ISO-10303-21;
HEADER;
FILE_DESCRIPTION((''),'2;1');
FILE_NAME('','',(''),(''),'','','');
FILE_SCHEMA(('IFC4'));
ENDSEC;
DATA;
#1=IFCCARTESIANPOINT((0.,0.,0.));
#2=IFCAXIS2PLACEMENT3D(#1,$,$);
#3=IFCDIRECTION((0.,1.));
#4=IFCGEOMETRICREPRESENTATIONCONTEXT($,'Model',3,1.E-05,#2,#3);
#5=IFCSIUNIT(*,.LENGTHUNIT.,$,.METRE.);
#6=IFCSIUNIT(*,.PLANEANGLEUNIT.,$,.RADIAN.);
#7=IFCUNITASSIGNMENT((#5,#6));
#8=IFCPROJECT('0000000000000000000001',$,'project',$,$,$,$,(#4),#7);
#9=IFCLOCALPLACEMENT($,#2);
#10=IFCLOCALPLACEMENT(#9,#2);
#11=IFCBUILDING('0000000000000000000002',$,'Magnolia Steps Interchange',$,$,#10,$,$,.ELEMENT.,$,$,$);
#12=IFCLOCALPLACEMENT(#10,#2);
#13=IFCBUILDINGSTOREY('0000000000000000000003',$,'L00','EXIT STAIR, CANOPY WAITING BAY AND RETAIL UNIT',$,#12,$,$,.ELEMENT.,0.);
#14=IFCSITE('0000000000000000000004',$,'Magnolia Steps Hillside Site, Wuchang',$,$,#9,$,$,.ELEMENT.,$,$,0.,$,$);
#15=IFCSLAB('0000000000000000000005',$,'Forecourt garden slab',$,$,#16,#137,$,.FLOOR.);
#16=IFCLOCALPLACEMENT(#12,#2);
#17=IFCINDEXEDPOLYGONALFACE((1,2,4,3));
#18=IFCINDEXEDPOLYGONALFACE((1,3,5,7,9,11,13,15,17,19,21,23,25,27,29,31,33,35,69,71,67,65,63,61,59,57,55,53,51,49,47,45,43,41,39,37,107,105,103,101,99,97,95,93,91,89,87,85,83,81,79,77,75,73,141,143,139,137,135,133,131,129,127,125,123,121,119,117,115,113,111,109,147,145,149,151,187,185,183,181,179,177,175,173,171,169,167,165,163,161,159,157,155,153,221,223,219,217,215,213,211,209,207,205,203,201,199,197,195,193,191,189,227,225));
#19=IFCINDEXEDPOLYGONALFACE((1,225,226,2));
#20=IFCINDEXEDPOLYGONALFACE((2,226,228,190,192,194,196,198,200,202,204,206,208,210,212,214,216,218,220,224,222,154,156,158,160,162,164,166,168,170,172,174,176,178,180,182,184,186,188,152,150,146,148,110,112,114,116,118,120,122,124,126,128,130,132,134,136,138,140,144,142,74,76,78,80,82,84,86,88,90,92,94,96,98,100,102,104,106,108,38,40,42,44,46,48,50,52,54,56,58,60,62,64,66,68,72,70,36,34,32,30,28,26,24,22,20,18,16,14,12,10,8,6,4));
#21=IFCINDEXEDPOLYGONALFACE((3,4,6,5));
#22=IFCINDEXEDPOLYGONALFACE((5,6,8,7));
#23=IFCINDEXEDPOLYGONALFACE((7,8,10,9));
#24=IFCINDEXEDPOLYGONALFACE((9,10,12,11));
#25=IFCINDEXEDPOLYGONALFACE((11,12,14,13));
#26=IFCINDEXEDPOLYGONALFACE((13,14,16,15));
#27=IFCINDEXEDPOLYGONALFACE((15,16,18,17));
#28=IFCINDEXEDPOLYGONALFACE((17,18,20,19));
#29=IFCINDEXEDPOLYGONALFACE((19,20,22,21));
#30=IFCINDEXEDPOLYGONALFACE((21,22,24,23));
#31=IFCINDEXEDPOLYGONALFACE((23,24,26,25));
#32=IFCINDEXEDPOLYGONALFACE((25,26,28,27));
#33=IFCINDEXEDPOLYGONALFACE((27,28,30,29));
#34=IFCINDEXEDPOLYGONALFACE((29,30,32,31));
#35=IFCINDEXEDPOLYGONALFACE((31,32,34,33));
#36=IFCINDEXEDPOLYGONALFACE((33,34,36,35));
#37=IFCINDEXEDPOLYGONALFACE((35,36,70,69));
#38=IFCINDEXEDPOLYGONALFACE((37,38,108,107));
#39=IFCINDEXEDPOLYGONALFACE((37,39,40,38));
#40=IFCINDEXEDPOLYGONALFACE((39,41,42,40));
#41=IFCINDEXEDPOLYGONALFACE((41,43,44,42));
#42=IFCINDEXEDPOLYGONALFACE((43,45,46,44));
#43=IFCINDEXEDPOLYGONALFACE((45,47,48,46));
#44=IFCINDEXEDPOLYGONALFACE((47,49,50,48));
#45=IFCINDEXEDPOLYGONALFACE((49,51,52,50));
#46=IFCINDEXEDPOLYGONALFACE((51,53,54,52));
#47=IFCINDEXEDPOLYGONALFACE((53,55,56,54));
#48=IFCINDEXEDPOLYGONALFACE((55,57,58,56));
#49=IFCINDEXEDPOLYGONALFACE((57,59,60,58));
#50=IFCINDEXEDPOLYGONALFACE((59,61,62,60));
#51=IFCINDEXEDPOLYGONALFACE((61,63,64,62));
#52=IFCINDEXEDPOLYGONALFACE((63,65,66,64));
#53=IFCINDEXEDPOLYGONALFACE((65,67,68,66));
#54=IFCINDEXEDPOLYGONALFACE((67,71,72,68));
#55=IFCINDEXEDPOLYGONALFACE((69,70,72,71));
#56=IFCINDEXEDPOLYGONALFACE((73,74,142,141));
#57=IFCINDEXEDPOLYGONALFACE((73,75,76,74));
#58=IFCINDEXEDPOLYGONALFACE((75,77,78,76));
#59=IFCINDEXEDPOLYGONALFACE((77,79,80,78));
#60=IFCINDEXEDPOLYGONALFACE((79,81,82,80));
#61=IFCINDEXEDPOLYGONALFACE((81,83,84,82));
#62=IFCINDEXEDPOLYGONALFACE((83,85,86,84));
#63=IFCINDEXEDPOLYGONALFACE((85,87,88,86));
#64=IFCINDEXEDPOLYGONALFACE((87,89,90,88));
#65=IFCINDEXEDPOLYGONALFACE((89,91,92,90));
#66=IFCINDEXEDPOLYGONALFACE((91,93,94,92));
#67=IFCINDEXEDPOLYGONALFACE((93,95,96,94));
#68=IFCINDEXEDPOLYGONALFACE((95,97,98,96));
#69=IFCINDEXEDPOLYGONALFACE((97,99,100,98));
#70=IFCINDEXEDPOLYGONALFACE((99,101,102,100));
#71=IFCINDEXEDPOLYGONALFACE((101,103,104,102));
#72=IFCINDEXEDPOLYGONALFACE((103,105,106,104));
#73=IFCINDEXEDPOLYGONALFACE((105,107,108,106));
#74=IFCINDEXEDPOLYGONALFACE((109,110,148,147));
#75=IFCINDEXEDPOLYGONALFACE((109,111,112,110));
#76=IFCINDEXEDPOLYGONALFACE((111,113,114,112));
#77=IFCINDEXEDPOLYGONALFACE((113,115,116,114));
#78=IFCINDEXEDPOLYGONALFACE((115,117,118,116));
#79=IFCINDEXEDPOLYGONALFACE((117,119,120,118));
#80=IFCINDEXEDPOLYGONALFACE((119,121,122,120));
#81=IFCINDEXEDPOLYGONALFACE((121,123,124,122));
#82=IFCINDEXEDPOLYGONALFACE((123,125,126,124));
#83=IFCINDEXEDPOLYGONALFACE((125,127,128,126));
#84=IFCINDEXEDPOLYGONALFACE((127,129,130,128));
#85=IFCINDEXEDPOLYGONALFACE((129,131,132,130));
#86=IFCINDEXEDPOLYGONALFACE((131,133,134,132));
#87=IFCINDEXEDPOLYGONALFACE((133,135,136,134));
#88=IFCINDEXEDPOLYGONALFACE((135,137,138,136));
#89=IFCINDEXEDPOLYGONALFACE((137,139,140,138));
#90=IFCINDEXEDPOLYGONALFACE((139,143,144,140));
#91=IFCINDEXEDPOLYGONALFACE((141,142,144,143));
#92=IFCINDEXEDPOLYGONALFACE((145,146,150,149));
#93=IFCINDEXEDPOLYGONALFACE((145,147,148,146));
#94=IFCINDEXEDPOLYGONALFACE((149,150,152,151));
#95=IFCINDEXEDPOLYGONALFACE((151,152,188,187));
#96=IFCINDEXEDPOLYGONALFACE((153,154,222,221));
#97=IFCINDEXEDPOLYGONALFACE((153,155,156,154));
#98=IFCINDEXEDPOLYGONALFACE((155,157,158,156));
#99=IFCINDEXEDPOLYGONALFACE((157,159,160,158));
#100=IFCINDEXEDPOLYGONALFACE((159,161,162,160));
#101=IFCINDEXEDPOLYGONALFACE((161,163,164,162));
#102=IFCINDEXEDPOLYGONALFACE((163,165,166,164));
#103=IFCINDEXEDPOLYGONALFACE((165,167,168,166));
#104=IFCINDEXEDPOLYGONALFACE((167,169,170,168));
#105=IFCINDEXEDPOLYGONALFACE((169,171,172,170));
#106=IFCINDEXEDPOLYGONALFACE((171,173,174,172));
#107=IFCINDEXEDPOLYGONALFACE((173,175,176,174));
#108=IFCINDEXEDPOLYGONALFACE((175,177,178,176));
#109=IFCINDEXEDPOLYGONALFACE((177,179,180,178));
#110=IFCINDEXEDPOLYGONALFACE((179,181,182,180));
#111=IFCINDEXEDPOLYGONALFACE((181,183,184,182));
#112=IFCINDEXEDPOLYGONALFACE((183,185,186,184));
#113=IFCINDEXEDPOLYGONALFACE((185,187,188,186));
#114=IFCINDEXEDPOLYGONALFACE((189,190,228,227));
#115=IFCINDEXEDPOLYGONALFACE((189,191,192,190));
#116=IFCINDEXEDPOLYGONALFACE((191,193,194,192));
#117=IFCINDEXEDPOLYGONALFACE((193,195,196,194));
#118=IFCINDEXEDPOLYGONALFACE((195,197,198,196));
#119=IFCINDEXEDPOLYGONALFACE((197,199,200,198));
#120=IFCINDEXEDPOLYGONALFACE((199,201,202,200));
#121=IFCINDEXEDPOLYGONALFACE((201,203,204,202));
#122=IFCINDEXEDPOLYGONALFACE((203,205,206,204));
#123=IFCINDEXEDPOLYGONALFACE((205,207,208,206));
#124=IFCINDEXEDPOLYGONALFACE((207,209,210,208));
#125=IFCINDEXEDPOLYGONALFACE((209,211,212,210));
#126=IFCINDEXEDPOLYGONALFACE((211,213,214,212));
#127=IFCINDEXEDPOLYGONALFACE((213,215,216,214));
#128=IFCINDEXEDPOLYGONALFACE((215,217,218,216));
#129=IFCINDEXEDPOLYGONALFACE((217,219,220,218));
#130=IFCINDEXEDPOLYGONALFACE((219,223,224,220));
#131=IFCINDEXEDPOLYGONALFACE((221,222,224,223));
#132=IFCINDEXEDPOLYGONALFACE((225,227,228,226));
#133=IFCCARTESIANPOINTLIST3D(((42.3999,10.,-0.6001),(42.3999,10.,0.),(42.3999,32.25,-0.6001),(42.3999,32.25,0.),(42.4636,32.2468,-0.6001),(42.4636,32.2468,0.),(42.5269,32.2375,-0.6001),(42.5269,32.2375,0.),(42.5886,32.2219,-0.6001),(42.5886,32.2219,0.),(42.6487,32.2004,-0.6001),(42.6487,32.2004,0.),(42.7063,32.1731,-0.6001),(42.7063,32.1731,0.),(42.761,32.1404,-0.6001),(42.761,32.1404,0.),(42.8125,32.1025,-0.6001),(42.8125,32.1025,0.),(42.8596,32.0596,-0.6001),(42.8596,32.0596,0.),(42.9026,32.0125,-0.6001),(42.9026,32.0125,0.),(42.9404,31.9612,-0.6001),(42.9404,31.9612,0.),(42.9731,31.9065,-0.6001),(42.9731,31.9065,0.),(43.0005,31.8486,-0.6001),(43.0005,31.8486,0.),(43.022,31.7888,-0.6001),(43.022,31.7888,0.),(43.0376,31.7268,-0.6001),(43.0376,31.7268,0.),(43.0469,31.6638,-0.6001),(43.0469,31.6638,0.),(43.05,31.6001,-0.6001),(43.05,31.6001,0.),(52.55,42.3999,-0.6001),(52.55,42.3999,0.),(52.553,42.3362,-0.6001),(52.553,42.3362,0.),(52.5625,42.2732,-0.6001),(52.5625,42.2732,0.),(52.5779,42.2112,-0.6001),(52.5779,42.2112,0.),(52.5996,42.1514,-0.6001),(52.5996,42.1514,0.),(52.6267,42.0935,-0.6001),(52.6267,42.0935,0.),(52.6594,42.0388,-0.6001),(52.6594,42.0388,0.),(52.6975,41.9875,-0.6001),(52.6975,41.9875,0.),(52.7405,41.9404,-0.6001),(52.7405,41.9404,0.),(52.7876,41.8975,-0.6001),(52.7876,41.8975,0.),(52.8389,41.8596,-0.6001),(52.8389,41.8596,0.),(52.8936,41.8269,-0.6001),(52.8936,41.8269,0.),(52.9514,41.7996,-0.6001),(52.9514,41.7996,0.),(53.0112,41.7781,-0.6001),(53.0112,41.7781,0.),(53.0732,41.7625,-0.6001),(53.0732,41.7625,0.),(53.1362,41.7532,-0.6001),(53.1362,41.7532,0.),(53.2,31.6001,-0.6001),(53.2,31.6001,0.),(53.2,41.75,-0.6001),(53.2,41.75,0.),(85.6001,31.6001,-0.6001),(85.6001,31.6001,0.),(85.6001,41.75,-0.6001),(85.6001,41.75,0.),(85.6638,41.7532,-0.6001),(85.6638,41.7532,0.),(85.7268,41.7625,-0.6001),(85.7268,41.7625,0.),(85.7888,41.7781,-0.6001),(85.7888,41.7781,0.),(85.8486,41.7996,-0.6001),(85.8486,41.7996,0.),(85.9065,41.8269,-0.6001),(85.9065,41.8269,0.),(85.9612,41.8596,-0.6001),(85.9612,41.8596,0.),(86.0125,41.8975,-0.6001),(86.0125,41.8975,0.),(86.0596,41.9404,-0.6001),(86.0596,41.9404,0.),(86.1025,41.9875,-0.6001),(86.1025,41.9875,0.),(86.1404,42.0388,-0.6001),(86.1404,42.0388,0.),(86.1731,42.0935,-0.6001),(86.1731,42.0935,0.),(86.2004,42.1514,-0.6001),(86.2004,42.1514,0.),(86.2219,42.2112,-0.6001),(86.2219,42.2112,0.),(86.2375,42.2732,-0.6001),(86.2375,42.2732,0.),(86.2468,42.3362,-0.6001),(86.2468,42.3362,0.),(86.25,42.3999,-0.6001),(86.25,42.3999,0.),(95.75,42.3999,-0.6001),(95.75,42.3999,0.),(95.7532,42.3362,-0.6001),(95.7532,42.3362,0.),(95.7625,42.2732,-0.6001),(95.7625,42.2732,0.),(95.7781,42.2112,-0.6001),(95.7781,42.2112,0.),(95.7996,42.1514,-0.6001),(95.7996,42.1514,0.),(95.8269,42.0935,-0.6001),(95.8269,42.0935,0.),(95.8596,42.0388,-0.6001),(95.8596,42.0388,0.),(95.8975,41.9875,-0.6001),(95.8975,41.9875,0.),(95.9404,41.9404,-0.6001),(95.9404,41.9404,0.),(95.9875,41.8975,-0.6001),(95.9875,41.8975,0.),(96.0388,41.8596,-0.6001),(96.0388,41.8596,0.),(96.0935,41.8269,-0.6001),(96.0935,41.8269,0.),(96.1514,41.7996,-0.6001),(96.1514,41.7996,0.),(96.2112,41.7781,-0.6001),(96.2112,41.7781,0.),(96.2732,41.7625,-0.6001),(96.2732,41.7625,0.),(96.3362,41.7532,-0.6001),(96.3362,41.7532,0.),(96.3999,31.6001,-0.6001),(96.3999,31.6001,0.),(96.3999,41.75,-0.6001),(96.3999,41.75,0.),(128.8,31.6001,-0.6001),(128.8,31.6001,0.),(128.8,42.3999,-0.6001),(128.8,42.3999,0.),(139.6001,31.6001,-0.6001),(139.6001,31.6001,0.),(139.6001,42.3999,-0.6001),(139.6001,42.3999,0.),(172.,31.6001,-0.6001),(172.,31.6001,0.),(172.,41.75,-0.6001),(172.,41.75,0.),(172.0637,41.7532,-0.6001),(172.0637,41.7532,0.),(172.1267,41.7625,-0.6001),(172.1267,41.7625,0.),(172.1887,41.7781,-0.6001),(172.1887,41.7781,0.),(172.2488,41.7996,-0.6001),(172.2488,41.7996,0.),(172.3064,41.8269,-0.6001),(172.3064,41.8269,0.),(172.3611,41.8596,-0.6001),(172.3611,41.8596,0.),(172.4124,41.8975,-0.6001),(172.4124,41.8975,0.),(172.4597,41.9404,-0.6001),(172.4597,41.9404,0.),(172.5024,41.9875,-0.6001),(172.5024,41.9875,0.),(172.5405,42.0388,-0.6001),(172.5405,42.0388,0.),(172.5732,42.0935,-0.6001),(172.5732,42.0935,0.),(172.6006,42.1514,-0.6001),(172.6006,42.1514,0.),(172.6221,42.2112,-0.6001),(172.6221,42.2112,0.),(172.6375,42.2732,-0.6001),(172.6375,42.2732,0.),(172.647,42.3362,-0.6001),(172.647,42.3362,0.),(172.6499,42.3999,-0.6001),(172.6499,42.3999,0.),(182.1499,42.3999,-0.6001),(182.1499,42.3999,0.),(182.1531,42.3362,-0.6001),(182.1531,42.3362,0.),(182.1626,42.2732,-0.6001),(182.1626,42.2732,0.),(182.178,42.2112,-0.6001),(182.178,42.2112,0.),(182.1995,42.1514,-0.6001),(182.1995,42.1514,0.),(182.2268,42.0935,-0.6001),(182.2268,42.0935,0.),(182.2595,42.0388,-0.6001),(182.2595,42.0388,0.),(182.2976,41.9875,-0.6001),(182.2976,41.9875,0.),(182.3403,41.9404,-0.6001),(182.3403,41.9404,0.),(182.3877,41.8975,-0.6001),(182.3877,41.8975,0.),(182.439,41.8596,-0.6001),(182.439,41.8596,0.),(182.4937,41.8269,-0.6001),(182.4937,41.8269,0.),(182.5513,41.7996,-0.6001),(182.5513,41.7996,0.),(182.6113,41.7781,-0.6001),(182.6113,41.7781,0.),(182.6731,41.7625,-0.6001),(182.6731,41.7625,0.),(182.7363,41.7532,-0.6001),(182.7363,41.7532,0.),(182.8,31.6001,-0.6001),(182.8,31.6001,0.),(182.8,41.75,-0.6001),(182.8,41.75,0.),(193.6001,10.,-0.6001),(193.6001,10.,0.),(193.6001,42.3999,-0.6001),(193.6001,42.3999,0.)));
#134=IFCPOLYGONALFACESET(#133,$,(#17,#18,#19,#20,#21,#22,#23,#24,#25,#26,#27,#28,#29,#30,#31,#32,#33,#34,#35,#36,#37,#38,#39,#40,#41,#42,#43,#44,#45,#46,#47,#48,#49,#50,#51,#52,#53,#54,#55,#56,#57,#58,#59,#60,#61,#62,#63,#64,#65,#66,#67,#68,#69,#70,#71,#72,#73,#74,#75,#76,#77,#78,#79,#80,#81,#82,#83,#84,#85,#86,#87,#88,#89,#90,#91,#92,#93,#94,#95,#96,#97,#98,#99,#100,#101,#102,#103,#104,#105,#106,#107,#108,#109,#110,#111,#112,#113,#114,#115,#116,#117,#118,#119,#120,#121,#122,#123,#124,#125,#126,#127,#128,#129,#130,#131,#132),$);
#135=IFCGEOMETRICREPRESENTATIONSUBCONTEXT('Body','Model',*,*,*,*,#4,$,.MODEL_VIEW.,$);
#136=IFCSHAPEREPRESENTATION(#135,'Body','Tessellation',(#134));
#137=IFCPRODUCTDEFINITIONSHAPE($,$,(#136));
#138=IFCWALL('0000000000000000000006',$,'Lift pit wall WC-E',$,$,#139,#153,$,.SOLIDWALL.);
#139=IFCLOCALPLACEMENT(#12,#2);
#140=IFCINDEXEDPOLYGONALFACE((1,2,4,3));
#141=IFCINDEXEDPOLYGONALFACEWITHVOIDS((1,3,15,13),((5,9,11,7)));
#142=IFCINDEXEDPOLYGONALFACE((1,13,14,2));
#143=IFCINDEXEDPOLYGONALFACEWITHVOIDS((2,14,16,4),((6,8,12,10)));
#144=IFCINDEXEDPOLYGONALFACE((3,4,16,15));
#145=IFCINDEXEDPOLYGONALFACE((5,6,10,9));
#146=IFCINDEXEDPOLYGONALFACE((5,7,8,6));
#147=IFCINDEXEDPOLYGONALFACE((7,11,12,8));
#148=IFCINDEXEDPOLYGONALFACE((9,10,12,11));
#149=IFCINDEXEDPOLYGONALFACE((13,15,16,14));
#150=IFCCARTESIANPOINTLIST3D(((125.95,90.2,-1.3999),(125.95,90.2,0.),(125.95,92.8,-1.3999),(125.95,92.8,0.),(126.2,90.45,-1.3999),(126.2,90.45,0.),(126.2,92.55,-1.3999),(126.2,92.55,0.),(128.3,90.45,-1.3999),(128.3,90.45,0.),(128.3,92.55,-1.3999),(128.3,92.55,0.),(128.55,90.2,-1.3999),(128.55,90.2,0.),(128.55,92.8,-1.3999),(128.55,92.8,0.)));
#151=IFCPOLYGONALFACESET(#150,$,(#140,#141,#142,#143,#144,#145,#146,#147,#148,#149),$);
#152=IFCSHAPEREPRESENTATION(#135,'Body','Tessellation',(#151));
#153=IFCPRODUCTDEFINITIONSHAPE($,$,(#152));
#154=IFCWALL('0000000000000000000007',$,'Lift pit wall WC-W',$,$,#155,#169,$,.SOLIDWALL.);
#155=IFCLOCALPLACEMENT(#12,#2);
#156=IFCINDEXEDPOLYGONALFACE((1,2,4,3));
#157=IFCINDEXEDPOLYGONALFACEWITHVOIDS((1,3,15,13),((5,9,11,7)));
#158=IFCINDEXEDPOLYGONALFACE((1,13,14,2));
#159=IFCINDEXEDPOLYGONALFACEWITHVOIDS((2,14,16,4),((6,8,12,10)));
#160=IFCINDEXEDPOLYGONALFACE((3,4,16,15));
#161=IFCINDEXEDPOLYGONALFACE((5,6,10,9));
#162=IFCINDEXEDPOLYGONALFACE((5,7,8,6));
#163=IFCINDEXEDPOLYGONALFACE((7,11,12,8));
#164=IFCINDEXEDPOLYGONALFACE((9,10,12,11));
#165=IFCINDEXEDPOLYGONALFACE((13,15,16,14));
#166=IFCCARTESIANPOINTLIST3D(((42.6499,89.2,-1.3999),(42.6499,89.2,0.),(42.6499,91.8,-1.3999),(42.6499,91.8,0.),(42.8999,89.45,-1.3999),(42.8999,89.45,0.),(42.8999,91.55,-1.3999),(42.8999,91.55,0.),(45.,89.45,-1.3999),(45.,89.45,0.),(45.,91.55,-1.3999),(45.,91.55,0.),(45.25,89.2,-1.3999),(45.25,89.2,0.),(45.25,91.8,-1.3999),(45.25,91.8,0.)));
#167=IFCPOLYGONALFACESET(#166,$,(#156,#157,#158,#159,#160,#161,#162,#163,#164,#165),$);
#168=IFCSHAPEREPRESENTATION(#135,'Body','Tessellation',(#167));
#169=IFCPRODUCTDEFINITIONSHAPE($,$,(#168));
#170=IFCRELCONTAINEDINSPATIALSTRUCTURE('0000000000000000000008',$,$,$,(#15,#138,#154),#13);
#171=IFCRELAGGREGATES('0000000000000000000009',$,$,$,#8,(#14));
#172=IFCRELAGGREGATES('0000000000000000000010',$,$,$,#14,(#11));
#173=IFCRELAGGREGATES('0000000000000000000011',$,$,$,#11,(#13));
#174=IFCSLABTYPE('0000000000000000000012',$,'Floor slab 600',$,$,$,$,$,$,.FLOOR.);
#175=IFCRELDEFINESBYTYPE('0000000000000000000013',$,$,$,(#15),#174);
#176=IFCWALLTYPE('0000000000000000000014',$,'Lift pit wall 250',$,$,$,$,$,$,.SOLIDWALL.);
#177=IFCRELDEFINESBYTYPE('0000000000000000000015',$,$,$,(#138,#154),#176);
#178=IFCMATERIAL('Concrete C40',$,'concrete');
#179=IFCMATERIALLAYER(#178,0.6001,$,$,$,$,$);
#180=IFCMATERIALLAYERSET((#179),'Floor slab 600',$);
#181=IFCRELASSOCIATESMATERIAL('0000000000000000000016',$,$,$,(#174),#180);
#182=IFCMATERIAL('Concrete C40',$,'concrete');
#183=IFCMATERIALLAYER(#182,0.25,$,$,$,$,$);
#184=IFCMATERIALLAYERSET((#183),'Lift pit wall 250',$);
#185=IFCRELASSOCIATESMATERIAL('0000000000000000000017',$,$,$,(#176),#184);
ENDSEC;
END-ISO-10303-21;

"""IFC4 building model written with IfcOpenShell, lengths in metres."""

from ifc_helpers import new_model, si_unit, direction, frame, origin, place, context, subcontext, project, spatial, polyline, outline, extrude, material, layer, layer_set, type_object, element, save


model = new_model("IFC4")

# Units and contexts
model_context = context("Model", 3, precision=1e-05, world=origin(), true_north=direction((0.0, 1.0)))
body_context = subcontext(model_context, "Body", "Model", "MODEL_VIEW")
ifc_project = project(units=[si_unit("LENGTHUNIT", "METRE"), si_unit("PLANEANGLEUNIT", "RADIAN")], contexts=[model_context])

# Site, building, storey
site_placement = place(None, origin())
site = spatial("IfcSite", under=ifc_project, at=site_placement, Name="Magnolia Steps Hillside Site, Wuchang", CompositionType="ELEMENT", RefElevation=0.0)
building_placement = place(site_placement, origin())
building = spatial("IfcBuilding", under=site, at=building_placement, Name="Magnolia Steps Interchange", CompositionType="ELEMENT")
storey_placement = place(building_placement, origin())
storey = spatial("IfcBuildingStorey", under=building, at=storey_placement, Name="L00", Description="EXIT STAIR, CANOPY WAITING BAY AND RETAIL UNIT", CompositionType="ELEMENT", Elevation=0.0)

# Slab
ifc_material_1 = material(Name="Concrete C40", Category="concrete")
ifc_layer_1 = layer(ifc_material_1, 0.6001)
ifc_layer_set_1 = layer_set([ifc_layer_1], Name="Floor slab 600")
slab_type_1 = type_object("IfcSlabType", Name="Floor slab 600", PredefinedType="FLOOR", material=ifc_layer_set_1)
slab_1_placement = place(storey_placement, frame((0.0, 0.0, -0.6001)))
element("IfcSlab", 1, at=slab_1_placement, inside=storey, type_object=slab_type_1, Name="Forecourt garden slab", PredefinedType="FLOOR", context=body_context, shape_type="SweptSolid", body=[
    extrude(outline(polyline([(182.1499, 42.3999), (182.1531, 42.3362), (182.1626, 42.2732), (182.178, 42.2112), (182.1995, 42.1514), (182.2268, 42.0935), (182.2595, 42.0388), (182.2976, 41.9875), (182.3403, 41.9404), (182.3877, 41.8975), (182.439, 41.8596), (182.4937, 41.8269), (182.5513, 41.7996), (182.6113, 41.7781), (182.6731, 41.7625), (182.7363, 41.7532), (182.8, 41.75), (182.8, 31.6001), (172.0, 31.6001), (172.0, 41.75), (172.0637, 41.7532), (172.1267, 41.7625), (172.1887, 41.7781), (172.2488, 41.7996), (172.3064, 41.8269), (172.3611, 41.8596), (172.4124, 41.8975), (172.4597, 41.9404), (172.5024, 41.9875), (172.5405, 42.0388), (172.5732, 42.0935), (172.6006, 42.1514), (172.6221, 42.2112), (172.6375, 42.2732), (172.647, 42.3362), (172.6499, 42.3999), (139.6001, 42.3999), (139.6001, 31.6001), (128.8, 31.6001), (128.8, 42.3999), (95.75, 42.3999), (95.7532, 42.3362), (95.7625, 42.2732), (95.7781, 42.2112), (95.7996, 42.1514), (95.8269, 42.0935), (95.8596, 42.0388), (95.8975, 41.9875), (95.9404, 41.9404), (95.9875, 41.8975), (96.0388, 41.8596), (96.0935, 41.8269), (96.1514, 41.7996), (96.2112, 41.7781), (96.2732, 41.7625), (96.3362, 41.7532), (96.3999, 41.75), (96.3999, 31.6001), (85.6001, 31.6001), (85.6001, 41.75), (85.6638, 41.7532), (85.7268, 41.7625), (85.7888, 41.7781), (85.8486, 41.7996), (85.9065, 41.8269), (85.9612, 41.8596), (86.0125, 41.8975), (86.0596, 41.9404), (86.1025, 41.9875), (86.1404, 42.0388), (86.1731, 42.0935), (86.2004, 42.1514), (86.2219, 42.2112), (86.2375, 42.2732), (86.2468, 42.3362), (86.25, 42.3999), (52.55, 42.3999), (52.553, 42.3362), (52.5625, 42.2732), (52.5779, 42.2112), (52.5996, 42.1514), (52.6267, 42.0935), (52.6594, 42.0388), (52.6975, 41.9875), (52.7405, 41.9404), (52.7876, 41.8975), (52.8389, 41.8596), (52.8936, 41.8269), (52.9514, 41.7996), (53.0112, 41.7781), (53.0732, 41.7625), (53.1362, 41.7532), (53.2, 41.75), (53.2, 31.6001), (43.05, 31.6001), (43.0469, 31.6638), (43.0376, 31.7268), (43.022, 31.7888), (43.0005, 31.8486), (42.9731, 31.9065), (42.9404, 31.9612), (42.9026, 32.0125), (42.8596, 32.0596), (42.8125, 32.1025), (42.761, 32.1404), (42.7063, 32.1731), (42.6487, 32.2004), (42.5886, 32.2219), (42.5269, 32.2375), (42.4636, 32.2468), (42.3999, 32.25), (42.3999, 10.0), (193.6001, 10.0), (193.6001, 42.3999), (182.1499, 42.3999)])), origin(), (0.0, 0.0, 1.0), 0.6001),
])

# Walls
ifc_material_2 = material(Name="Concrete C40", Category="concrete")
ifc_layer_2 = layer(ifc_material_2, 0.25)
ifc_layer_set_2 = layer_set([ifc_layer_2], Name="Lift pit wall 250")
wall_type = type_object("IfcWallType", Name="Lift pit wall 250", PredefinedType="SOLIDWALL", material=ifc_layer_set_2)
wall_1_placement = place(storey_placement, frame((0.0, 0.0, -1.3999)))
element("IfcWall", 2, at=wall_1_placement, inside=storey, type_object=wall_type, Name="Lift pit wall WC-E", PredefinedType="SOLIDWALL", context=body_context, shape_type="SweptSolid", body=[
    extrude(outline(polyline([(125.95, 92.8), (125.95, 90.2), (128.55, 90.2), (128.55, 92.8), (125.95, 92.8)]), holes=[polyline([(126.2, 90.45), (128.3, 90.45), (128.3, 92.55), (126.2, 92.55), (126.2, 90.45)])]), origin(), (0.0, 0.0, 1.0), 1.3999),
])
wall_2_placement = place(storey_placement, frame((0.0, 0.0, -1.3999)))
element("IfcWall", 3, at=wall_2_placement, inside=storey, type_object=wall_type, Name="Lift pit wall WC-W", PredefinedType="SOLIDWALL", context=body_context, shape_type="SweptSolid", body=[
    extrude(outline(polyline([(45.25, 89.2), (45.25, 91.8), (42.6499, 91.8), (42.6499, 89.2), (45.25, 89.2)]), holes=[polyline([(45.0, 91.55), (42.8999, 91.55), (42.8999, 89.45), (45.0, 89.45), (45.0, 91.55)])]), origin(), (0.0, 0.0, 1.0), 1.3999),
])

save(model, "model.ifc")
